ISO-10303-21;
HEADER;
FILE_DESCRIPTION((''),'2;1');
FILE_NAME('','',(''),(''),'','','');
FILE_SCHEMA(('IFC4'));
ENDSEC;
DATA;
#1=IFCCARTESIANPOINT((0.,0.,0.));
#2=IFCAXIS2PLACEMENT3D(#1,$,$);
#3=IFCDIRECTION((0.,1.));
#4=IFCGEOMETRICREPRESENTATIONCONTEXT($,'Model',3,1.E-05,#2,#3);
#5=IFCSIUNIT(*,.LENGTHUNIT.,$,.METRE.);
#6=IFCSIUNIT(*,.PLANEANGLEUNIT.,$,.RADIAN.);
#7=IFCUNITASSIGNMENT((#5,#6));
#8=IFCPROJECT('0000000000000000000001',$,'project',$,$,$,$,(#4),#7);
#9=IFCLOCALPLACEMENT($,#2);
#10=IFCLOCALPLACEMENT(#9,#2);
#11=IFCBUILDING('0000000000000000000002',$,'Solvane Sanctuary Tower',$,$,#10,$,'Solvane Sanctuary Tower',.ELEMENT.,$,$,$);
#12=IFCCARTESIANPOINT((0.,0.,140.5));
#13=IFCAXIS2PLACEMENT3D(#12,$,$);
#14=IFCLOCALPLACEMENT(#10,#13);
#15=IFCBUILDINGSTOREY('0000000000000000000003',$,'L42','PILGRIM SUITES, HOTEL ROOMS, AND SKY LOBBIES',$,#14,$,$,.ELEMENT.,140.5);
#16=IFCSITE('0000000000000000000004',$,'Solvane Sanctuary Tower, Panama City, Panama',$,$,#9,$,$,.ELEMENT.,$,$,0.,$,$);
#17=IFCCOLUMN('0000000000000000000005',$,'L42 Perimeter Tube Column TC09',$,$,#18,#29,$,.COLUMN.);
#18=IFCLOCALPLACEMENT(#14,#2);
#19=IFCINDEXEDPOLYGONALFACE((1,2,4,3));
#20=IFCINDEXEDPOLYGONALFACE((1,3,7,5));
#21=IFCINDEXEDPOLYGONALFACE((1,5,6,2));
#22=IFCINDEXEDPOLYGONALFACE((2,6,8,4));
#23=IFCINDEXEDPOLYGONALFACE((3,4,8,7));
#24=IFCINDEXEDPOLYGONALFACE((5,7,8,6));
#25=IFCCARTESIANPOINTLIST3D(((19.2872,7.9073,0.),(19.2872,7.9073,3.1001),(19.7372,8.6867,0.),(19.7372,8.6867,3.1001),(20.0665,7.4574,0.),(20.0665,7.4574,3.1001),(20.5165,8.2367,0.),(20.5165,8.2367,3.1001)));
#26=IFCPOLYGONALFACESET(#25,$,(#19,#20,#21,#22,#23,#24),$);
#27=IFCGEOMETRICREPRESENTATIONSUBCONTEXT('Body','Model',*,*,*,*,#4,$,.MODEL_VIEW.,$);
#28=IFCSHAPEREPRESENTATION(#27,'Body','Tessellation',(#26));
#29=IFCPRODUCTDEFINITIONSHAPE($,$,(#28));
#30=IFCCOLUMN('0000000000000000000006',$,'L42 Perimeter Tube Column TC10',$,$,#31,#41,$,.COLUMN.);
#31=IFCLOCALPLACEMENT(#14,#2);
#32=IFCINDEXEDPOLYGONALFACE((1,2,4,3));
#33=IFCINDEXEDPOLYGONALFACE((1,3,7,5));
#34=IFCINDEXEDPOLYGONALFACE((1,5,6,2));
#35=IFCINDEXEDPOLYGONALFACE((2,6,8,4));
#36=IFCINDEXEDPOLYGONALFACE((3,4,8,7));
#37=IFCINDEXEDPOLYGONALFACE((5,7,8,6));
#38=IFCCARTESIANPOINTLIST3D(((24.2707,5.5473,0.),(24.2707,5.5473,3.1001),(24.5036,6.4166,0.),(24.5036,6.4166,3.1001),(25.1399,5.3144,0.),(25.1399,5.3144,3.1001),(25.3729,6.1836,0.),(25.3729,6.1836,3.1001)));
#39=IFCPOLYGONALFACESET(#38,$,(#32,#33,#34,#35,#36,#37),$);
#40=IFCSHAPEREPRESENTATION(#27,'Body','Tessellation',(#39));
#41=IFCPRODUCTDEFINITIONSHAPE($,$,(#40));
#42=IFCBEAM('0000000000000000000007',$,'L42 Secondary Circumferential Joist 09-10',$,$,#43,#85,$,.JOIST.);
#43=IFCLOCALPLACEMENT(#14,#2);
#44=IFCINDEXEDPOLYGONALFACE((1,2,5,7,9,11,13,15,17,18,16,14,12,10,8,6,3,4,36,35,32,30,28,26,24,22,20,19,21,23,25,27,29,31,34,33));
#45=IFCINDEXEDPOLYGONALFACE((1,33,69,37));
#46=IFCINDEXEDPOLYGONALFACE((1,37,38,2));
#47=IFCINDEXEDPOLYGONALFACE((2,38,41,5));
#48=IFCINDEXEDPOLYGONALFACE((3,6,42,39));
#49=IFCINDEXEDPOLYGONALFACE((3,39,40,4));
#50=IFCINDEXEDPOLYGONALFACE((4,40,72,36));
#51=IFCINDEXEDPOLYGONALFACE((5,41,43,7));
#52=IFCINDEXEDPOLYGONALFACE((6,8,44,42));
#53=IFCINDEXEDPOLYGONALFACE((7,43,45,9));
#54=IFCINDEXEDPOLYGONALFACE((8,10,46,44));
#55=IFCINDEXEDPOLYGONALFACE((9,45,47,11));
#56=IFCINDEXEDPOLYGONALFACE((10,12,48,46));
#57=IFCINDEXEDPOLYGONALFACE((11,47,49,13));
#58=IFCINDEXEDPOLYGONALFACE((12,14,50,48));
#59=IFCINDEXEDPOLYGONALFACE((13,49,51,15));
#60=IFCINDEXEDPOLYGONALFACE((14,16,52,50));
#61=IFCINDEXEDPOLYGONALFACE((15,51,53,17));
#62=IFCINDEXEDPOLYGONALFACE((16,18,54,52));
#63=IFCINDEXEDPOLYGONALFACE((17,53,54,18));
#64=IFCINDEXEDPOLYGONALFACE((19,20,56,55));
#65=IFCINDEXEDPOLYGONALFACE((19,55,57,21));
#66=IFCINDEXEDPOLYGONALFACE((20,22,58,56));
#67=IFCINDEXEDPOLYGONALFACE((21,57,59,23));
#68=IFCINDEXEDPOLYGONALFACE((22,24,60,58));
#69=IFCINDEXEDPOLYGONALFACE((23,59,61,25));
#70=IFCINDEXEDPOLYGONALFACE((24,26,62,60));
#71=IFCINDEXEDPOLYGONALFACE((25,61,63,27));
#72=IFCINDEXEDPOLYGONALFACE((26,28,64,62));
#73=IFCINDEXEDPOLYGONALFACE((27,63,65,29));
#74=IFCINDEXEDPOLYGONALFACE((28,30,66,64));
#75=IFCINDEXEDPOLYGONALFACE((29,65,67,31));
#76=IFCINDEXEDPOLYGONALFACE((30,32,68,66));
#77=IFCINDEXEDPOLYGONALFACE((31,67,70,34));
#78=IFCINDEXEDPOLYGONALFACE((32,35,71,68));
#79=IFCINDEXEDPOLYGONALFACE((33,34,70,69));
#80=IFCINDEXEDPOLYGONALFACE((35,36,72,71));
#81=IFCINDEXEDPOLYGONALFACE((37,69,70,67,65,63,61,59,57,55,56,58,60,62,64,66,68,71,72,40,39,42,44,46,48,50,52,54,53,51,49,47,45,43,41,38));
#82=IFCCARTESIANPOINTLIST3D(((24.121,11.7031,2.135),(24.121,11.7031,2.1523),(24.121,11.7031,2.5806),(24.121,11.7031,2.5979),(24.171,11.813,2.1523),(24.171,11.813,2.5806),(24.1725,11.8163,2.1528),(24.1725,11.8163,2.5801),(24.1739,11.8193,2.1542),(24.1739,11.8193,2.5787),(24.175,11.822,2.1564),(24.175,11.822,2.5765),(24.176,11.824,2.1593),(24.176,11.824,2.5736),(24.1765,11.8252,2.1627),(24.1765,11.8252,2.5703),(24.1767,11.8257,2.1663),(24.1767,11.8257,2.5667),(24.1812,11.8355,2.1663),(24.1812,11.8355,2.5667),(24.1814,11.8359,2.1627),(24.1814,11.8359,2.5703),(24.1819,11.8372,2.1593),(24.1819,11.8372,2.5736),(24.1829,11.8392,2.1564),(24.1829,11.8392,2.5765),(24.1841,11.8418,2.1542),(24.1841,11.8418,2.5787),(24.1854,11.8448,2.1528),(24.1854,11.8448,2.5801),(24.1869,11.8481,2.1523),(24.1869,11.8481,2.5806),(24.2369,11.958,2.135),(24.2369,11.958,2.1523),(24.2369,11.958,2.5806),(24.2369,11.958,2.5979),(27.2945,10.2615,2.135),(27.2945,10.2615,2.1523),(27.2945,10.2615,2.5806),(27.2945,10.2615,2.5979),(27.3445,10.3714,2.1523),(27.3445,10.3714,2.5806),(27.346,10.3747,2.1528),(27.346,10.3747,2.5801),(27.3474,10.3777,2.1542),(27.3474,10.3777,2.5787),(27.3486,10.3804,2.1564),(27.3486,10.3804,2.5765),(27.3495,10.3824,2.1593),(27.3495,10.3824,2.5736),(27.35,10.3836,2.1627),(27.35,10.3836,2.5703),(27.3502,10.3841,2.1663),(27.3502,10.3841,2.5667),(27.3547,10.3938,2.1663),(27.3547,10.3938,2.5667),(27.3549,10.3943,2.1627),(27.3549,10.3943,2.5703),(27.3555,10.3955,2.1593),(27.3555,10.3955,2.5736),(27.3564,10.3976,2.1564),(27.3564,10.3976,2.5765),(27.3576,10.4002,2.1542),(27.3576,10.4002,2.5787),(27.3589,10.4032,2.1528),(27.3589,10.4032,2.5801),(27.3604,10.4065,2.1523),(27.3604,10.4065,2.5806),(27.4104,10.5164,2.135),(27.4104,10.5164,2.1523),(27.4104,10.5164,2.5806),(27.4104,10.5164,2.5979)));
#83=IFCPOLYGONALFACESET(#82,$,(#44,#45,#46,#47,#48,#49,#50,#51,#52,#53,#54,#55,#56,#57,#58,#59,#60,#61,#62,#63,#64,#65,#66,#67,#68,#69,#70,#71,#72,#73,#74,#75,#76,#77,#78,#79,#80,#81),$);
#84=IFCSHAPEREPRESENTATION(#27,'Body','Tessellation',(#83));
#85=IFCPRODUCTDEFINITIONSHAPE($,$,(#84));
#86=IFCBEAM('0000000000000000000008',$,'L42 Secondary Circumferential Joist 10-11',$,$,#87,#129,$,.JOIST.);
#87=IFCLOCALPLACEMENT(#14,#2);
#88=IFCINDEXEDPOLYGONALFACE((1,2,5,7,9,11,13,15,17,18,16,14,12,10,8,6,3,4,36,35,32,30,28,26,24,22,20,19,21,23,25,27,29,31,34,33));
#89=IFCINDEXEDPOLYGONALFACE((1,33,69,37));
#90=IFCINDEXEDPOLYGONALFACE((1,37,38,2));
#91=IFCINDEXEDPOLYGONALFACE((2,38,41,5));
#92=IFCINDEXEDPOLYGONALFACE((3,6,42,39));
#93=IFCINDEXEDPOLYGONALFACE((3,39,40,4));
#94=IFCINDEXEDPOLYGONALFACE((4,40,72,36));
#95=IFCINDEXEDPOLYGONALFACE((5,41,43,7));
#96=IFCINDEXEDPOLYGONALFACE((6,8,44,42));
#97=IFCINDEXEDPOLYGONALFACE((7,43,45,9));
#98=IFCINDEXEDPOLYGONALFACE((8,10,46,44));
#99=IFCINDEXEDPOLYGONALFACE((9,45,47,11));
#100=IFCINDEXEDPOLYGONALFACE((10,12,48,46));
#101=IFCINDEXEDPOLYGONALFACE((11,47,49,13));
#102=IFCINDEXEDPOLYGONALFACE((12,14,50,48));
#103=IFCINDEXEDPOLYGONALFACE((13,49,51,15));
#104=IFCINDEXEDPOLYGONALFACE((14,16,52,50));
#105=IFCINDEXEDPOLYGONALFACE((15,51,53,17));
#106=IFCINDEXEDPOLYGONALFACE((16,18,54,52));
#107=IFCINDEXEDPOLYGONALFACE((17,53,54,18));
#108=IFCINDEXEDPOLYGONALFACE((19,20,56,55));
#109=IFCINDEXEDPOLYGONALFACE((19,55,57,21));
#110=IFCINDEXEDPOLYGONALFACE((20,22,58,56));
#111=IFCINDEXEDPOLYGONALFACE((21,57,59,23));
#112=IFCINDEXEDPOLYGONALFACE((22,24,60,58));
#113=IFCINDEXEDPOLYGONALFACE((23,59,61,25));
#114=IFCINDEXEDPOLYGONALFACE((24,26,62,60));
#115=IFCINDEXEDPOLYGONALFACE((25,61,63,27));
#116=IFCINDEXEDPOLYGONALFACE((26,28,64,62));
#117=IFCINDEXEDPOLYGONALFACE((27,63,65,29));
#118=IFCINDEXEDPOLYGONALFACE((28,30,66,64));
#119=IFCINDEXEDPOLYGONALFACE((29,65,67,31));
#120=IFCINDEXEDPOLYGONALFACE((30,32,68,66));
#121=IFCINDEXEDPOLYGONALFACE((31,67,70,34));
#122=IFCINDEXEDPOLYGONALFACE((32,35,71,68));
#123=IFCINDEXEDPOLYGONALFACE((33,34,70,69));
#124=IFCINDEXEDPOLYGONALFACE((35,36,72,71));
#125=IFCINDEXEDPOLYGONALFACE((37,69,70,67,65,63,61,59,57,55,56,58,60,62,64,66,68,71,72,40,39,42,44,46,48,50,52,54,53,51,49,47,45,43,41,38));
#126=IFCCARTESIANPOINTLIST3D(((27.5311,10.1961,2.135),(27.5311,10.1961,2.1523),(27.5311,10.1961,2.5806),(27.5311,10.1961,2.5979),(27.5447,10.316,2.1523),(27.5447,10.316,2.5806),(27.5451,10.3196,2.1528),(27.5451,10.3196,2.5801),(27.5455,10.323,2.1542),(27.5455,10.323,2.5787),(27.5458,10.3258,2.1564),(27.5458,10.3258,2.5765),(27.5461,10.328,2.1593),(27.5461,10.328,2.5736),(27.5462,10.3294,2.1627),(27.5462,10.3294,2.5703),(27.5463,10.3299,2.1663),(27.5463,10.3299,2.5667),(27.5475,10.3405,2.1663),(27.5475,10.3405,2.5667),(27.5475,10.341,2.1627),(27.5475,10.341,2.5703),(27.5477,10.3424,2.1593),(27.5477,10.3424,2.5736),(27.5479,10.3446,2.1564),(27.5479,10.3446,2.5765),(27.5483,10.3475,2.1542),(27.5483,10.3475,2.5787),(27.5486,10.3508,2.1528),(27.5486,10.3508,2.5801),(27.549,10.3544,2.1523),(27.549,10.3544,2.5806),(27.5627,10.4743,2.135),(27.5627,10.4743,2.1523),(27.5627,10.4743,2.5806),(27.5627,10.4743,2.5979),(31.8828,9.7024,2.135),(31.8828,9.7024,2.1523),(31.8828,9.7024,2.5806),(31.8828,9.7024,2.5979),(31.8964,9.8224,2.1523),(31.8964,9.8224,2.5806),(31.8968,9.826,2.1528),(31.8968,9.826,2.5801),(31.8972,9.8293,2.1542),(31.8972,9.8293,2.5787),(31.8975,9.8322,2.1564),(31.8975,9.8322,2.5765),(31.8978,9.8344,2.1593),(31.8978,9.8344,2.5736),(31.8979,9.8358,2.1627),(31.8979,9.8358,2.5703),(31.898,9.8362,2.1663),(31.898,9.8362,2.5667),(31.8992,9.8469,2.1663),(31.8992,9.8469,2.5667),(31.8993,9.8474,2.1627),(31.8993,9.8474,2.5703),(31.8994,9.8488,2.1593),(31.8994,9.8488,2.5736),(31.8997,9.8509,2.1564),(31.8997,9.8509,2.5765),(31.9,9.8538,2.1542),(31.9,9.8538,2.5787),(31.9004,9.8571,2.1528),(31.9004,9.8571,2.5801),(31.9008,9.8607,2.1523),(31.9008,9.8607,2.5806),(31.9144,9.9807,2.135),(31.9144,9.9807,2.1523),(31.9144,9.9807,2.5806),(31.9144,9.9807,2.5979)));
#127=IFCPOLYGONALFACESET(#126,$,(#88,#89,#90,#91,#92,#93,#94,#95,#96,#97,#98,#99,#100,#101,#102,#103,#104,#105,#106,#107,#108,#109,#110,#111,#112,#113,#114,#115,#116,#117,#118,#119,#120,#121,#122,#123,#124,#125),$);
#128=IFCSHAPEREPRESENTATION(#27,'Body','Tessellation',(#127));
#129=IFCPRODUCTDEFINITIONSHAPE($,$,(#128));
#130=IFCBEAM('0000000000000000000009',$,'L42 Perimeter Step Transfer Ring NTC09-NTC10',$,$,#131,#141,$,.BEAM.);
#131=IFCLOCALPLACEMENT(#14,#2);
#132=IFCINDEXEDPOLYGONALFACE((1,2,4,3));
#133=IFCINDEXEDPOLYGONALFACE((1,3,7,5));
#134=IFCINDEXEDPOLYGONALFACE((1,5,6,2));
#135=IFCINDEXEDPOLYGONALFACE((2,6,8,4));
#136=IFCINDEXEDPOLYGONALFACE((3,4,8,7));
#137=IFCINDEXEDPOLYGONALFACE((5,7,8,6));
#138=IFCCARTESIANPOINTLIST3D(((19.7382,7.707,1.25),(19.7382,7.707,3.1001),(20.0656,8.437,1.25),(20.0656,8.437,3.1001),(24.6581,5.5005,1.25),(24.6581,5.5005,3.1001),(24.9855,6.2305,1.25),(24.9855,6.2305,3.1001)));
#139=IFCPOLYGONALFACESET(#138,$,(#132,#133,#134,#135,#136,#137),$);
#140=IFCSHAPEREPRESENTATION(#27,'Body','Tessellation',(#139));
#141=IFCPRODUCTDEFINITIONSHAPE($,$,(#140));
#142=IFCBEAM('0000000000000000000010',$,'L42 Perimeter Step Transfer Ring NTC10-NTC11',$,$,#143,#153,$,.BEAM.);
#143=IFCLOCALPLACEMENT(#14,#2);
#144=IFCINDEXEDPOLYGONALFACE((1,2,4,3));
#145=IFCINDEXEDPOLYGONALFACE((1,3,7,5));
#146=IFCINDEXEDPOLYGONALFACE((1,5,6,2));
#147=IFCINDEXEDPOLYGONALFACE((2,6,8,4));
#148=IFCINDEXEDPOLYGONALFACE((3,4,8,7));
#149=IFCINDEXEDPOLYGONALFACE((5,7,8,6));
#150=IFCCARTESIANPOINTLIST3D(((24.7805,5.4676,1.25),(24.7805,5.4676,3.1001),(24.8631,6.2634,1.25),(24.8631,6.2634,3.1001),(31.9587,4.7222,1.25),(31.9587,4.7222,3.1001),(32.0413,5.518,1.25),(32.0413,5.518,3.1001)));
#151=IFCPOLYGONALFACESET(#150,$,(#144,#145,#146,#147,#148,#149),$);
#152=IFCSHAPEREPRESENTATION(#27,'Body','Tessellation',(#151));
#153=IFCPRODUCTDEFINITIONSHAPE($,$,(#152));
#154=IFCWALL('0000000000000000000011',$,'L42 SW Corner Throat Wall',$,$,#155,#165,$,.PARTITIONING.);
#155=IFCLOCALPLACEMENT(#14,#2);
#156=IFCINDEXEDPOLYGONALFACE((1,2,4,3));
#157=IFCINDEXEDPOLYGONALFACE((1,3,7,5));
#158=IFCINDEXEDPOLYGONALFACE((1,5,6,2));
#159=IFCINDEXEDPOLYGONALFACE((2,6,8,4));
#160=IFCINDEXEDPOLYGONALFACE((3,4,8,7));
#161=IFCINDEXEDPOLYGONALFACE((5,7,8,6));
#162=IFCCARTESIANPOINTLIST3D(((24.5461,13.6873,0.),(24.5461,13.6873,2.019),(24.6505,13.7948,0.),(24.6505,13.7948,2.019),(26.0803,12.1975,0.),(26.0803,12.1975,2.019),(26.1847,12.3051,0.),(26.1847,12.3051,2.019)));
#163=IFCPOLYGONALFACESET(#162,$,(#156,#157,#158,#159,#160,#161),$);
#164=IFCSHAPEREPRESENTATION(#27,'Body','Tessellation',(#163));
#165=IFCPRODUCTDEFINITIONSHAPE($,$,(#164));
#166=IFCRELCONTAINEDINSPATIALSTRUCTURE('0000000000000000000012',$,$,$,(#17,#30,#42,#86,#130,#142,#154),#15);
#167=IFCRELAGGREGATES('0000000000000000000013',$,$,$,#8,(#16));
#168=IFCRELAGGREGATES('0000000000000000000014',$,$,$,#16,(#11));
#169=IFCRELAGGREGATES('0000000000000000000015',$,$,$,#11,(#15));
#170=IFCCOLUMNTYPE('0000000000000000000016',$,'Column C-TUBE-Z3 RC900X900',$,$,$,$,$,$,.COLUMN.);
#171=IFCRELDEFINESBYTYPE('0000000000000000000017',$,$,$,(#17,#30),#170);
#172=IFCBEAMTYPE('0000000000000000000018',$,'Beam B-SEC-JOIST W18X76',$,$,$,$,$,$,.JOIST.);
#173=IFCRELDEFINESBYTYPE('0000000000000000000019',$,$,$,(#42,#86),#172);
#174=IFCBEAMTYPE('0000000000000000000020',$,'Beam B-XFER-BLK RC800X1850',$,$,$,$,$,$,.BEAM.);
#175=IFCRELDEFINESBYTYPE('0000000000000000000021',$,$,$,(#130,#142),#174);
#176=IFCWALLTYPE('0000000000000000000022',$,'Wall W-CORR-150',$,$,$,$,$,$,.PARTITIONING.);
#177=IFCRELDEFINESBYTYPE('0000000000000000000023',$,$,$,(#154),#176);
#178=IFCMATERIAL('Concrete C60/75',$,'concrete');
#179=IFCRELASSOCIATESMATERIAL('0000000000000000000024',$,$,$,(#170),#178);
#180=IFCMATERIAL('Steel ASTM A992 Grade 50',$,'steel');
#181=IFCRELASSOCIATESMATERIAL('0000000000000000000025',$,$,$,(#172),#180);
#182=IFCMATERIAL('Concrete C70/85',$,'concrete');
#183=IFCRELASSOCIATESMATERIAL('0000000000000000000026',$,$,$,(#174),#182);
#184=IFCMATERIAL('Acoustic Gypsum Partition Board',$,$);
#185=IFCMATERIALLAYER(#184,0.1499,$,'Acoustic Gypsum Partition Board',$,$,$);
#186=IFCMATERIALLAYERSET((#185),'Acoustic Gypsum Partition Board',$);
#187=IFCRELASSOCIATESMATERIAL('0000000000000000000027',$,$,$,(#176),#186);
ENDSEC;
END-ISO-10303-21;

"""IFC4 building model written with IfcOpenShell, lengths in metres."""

from ifc_helpers import new_model, si_unit, direction, frame, frame_2d, origin, origin_2d, place, context, subcontext, project, spatial, rectangle, i_section, extrude, material, layer, layer_set, material_profile, profile_set, type_object, element, save


model = new_model("IFC4")

# Units and contexts
model_context = context("Model", 3, precision=1e-05, world=origin(), true_north=direction((0.0, 1.0)))
body_context = subcontext(model_context, "Body", "Model", "MODEL_VIEW")
ifc_project = project(units=[si_unit("LENGTHUNIT", "METRE"), si_unit("PLANEANGLEUNIT", "RADIAN")], contexts=[model_context])

# Site, building, storey
site_placement = place(None, origin())
site = spatial("IfcSite", under=ifc_project, at=site_placement, Name="Solvane Sanctuary Tower, Panama City, Panama", CompositionType="ELEMENT", RefElevation=0.0)
building_placement = place(site_placement, origin())
building = spatial("IfcBuilding", under=site, at=building_placement, Name="Solvane Sanctuary Tower", LongName="Solvane Sanctuary Tower", CompositionType="ELEMENT")
storey_placement = place(building_placement, frame((0.0, 0.0, 140.5)))
storey = spatial("IfcBuildingStorey", under=building, at=storey_placement, Name="L42", Description="PILGRIM SUITES, HOTEL ROOMS, AND SKY LOBBIES", CompositionType="ELEMENT", Elevation=140.5)

# Columns
ifc_material_1 = material(Name="Concrete C60/75", Category="concrete")
ifc_material_profile_1 = material_profile(ifc_material_1, rectangle(XDim=0.8999, YDim=0.8999, at=origin_2d()), Name="RC900X900")
ifc_profile_set_1 = profile_set([ifc_material_profile_1], Name="Concrete C60/75")
column_type = type_object("IfcColumnType", Name="Column C-TUBE-Z3 RC900X900", PredefinedType="COLUMN", material=ifc_profile_set_1)
for number, where, z_axis, x_axis, name in (
    (1, (19.9019, 8.072, 0.0), (0.0, 0.0, 1.0), (-0.5, -0.866025, 0.0), "L42 Perimeter Tube Column TC09"),
    (2, (24.8218, 5.8655, 0.0), (0.0, 0.0, 1.0), (-0.258819, -0.965926, 0.0), "L42 Perimeter Tube Column TC10"),
):
    element("IfcColumn", number, at=place(storey_placement, frame(where, z_axis=z_axis, x_axis=x_axis)), inside=storey, type_object=column_type, Name=name, PredefinedType="COLUMN", context=body_context, shape_type="SweptSolid", body=[
        extrude(rectangle(XDim=0.8999, YDim=0.8999, at=origin_2d()), origin(), (0.0, 0.0, 1.0), 3.1001),
    ])

# Beams
ifc_material_2 = material(Name="Steel ASTM A992 Grade 50", Category="steel")
ifc_material_profile_2 = material_profile(ifc_material_2, i_section(OverallWidth=0.28, OverallDepth=0.4629, WebThickness=0.0107, FlangeThickness=0.0173, FilletRadius=0.0139, at=origin_2d()), Name="W18X76")
ifc_profile_set_2 = profile_set([ifc_material_profile_2], Name="Steel ASTM A992 Grade 50")
beam_type_1 = type_object("IfcBeamType", Name="Beam B-SEC-JOIST W18X76", PredefinedType="JOIST", material=ifc_profile_set_2)
beam_1_placement = place(storey_placement, frame((24.179, 11.8306, 2.3665), z_axis=(0.910462, -0.413592, 0.0), x_axis=(0.413592, 0.910462, 0.0)))
element("IfcBeam", 3, at=beam_1_placement, inside=storey, type_object=beam_type_1, Name="L42 Secondary Circumferential Joist 09-10", PredefinedType="JOIST", context=body_context, shape_type="SweptSolid", body=[
    extrude(i_section(OverallWidth=0.28, OverallDepth=0.4629, WebThickness=0.0107, FlangeThickness=0.0173, FilletRadius=0.0139, at=origin_2d()), origin(), (0.0, 0.0, 1.0), 3.4856),
])
beam_2_placement = place(storey_placement, frame((27.5469, 10.3352, 2.3665), z_axis=(0.993628, -0.112713, 0.0), x_axis=(0.112713, 0.993628, 0.0)))
element("IfcBeam", 4, at=beam_2_placement, inside=storey, type_object=beam_type_1, Name="L42 Secondary Circumferential Joist 10-11", PredefinedType="JOIST", context=body_context, shape_type="SweptSolid", body=[
    extrude(i_section(OverallWidth=0.28, OverallDepth=0.4629, WebThickness=0.0107, FlangeThickness=0.0173, FilletRadius=0.0139, at=origin_2d()), origin(), (0.0, 0.0, 1.0), 4.3796),
])
ifc_material_3 = material(Name="Concrete C70/85", Category="concrete")
ifc_material_profile_3 = material_profile(ifc_material_3, rectangle(XDim=0.8, YDim=1.8501, at=origin_2d()), Name="RC800X1850")
ifc_profile_set_3 = profile_set([ifc_material_profile_3], Name="Concrete C70/85")
beam_type_2 = type_object("IfcBeamType", Name="Beam B-XFER-BLK RC800X1850", PredefinedType="BEAM", material=ifc_profile_set_3)
beam_3_placement = place(storey_placement, frame((19.9019, 8.072, 2.175), z_axis=(0.912436, -0.40922, 0.0), x_axis=(0.40922, 0.912436, 0.0)))
element("IfcBeam", 5, at=beam_3_placement, inside=storey, type_object=beam_type_2, Name="L42 Perimeter Step Transfer Ring NTC09-NTC10", PredefinedType="BEAM", context=body_context, shape_type="SweptSolid", body=[
    extrude(rectangle(XDim=0.8, YDim=1.8501, at=origin_2d()), origin(), (0.0, 0.0, 1.0), 5.3921),
])
beam_4_placement = place(storey_placement, frame((24.8218, 5.8655, 2.175), z_axis=(0.994652, -0.103281, 0.0), x_axis=(0.103281, 0.994652, 0.0)))
element("IfcBeam", 6, at=beam_4_placement, inside=storey, type_object=beam_type_2, Name="L42 Perimeter Step Transfer Ring NTC10-NTC11", PredefinedType="BEAM", context=body_context, shape_type="SweptSolid", body=[
    extrude(rectangle(XDim=0.8, YDim=1.8501, at=origin_2d()), origin(), (0.0, 0.0, 1.0), 7.2168),
])

# Wall
ifc_material_4 = material(Name="Acoustic Gypsum Partition Board")
ifc_layer_1 = layer(ifc_material_4, 0.1499, Name="Acoustic Gypsum Partition Board")
ifc_layer_set_1 = layer_set([ifc_layer_1], Name="Acoustic Gypsum Partition Board")
wall_type_1 = type_object("IfcWallType", Name="Wall W-CORR-150", PredefinedType="PARTITIONING", material=ifc_layer_set_1)
wall_1_placement = place(storey_placement, frame((26.1326, 12.2512, 0.0), z_axis=(0.0, 0.0, 1.0), x_axis=(-0.71742, 0.696641, 0.0)))
element("IfcWall", 7, at=wall_1_placement, inside=storey, type_object=wall_type_1, Name="L42 SW Corner Throat Wall", PredefinedType="PARTITIONING", context=body_context, shape_type="SweptSolid", body=[
    extrude(rectangle(XDim=2.1384, YDim=0.1499, at=frame_2d((1.0693, 0.0))), origin(), (0.0, 0.0, 1.0), 2.019),
])

save(model, "model.ifc")
